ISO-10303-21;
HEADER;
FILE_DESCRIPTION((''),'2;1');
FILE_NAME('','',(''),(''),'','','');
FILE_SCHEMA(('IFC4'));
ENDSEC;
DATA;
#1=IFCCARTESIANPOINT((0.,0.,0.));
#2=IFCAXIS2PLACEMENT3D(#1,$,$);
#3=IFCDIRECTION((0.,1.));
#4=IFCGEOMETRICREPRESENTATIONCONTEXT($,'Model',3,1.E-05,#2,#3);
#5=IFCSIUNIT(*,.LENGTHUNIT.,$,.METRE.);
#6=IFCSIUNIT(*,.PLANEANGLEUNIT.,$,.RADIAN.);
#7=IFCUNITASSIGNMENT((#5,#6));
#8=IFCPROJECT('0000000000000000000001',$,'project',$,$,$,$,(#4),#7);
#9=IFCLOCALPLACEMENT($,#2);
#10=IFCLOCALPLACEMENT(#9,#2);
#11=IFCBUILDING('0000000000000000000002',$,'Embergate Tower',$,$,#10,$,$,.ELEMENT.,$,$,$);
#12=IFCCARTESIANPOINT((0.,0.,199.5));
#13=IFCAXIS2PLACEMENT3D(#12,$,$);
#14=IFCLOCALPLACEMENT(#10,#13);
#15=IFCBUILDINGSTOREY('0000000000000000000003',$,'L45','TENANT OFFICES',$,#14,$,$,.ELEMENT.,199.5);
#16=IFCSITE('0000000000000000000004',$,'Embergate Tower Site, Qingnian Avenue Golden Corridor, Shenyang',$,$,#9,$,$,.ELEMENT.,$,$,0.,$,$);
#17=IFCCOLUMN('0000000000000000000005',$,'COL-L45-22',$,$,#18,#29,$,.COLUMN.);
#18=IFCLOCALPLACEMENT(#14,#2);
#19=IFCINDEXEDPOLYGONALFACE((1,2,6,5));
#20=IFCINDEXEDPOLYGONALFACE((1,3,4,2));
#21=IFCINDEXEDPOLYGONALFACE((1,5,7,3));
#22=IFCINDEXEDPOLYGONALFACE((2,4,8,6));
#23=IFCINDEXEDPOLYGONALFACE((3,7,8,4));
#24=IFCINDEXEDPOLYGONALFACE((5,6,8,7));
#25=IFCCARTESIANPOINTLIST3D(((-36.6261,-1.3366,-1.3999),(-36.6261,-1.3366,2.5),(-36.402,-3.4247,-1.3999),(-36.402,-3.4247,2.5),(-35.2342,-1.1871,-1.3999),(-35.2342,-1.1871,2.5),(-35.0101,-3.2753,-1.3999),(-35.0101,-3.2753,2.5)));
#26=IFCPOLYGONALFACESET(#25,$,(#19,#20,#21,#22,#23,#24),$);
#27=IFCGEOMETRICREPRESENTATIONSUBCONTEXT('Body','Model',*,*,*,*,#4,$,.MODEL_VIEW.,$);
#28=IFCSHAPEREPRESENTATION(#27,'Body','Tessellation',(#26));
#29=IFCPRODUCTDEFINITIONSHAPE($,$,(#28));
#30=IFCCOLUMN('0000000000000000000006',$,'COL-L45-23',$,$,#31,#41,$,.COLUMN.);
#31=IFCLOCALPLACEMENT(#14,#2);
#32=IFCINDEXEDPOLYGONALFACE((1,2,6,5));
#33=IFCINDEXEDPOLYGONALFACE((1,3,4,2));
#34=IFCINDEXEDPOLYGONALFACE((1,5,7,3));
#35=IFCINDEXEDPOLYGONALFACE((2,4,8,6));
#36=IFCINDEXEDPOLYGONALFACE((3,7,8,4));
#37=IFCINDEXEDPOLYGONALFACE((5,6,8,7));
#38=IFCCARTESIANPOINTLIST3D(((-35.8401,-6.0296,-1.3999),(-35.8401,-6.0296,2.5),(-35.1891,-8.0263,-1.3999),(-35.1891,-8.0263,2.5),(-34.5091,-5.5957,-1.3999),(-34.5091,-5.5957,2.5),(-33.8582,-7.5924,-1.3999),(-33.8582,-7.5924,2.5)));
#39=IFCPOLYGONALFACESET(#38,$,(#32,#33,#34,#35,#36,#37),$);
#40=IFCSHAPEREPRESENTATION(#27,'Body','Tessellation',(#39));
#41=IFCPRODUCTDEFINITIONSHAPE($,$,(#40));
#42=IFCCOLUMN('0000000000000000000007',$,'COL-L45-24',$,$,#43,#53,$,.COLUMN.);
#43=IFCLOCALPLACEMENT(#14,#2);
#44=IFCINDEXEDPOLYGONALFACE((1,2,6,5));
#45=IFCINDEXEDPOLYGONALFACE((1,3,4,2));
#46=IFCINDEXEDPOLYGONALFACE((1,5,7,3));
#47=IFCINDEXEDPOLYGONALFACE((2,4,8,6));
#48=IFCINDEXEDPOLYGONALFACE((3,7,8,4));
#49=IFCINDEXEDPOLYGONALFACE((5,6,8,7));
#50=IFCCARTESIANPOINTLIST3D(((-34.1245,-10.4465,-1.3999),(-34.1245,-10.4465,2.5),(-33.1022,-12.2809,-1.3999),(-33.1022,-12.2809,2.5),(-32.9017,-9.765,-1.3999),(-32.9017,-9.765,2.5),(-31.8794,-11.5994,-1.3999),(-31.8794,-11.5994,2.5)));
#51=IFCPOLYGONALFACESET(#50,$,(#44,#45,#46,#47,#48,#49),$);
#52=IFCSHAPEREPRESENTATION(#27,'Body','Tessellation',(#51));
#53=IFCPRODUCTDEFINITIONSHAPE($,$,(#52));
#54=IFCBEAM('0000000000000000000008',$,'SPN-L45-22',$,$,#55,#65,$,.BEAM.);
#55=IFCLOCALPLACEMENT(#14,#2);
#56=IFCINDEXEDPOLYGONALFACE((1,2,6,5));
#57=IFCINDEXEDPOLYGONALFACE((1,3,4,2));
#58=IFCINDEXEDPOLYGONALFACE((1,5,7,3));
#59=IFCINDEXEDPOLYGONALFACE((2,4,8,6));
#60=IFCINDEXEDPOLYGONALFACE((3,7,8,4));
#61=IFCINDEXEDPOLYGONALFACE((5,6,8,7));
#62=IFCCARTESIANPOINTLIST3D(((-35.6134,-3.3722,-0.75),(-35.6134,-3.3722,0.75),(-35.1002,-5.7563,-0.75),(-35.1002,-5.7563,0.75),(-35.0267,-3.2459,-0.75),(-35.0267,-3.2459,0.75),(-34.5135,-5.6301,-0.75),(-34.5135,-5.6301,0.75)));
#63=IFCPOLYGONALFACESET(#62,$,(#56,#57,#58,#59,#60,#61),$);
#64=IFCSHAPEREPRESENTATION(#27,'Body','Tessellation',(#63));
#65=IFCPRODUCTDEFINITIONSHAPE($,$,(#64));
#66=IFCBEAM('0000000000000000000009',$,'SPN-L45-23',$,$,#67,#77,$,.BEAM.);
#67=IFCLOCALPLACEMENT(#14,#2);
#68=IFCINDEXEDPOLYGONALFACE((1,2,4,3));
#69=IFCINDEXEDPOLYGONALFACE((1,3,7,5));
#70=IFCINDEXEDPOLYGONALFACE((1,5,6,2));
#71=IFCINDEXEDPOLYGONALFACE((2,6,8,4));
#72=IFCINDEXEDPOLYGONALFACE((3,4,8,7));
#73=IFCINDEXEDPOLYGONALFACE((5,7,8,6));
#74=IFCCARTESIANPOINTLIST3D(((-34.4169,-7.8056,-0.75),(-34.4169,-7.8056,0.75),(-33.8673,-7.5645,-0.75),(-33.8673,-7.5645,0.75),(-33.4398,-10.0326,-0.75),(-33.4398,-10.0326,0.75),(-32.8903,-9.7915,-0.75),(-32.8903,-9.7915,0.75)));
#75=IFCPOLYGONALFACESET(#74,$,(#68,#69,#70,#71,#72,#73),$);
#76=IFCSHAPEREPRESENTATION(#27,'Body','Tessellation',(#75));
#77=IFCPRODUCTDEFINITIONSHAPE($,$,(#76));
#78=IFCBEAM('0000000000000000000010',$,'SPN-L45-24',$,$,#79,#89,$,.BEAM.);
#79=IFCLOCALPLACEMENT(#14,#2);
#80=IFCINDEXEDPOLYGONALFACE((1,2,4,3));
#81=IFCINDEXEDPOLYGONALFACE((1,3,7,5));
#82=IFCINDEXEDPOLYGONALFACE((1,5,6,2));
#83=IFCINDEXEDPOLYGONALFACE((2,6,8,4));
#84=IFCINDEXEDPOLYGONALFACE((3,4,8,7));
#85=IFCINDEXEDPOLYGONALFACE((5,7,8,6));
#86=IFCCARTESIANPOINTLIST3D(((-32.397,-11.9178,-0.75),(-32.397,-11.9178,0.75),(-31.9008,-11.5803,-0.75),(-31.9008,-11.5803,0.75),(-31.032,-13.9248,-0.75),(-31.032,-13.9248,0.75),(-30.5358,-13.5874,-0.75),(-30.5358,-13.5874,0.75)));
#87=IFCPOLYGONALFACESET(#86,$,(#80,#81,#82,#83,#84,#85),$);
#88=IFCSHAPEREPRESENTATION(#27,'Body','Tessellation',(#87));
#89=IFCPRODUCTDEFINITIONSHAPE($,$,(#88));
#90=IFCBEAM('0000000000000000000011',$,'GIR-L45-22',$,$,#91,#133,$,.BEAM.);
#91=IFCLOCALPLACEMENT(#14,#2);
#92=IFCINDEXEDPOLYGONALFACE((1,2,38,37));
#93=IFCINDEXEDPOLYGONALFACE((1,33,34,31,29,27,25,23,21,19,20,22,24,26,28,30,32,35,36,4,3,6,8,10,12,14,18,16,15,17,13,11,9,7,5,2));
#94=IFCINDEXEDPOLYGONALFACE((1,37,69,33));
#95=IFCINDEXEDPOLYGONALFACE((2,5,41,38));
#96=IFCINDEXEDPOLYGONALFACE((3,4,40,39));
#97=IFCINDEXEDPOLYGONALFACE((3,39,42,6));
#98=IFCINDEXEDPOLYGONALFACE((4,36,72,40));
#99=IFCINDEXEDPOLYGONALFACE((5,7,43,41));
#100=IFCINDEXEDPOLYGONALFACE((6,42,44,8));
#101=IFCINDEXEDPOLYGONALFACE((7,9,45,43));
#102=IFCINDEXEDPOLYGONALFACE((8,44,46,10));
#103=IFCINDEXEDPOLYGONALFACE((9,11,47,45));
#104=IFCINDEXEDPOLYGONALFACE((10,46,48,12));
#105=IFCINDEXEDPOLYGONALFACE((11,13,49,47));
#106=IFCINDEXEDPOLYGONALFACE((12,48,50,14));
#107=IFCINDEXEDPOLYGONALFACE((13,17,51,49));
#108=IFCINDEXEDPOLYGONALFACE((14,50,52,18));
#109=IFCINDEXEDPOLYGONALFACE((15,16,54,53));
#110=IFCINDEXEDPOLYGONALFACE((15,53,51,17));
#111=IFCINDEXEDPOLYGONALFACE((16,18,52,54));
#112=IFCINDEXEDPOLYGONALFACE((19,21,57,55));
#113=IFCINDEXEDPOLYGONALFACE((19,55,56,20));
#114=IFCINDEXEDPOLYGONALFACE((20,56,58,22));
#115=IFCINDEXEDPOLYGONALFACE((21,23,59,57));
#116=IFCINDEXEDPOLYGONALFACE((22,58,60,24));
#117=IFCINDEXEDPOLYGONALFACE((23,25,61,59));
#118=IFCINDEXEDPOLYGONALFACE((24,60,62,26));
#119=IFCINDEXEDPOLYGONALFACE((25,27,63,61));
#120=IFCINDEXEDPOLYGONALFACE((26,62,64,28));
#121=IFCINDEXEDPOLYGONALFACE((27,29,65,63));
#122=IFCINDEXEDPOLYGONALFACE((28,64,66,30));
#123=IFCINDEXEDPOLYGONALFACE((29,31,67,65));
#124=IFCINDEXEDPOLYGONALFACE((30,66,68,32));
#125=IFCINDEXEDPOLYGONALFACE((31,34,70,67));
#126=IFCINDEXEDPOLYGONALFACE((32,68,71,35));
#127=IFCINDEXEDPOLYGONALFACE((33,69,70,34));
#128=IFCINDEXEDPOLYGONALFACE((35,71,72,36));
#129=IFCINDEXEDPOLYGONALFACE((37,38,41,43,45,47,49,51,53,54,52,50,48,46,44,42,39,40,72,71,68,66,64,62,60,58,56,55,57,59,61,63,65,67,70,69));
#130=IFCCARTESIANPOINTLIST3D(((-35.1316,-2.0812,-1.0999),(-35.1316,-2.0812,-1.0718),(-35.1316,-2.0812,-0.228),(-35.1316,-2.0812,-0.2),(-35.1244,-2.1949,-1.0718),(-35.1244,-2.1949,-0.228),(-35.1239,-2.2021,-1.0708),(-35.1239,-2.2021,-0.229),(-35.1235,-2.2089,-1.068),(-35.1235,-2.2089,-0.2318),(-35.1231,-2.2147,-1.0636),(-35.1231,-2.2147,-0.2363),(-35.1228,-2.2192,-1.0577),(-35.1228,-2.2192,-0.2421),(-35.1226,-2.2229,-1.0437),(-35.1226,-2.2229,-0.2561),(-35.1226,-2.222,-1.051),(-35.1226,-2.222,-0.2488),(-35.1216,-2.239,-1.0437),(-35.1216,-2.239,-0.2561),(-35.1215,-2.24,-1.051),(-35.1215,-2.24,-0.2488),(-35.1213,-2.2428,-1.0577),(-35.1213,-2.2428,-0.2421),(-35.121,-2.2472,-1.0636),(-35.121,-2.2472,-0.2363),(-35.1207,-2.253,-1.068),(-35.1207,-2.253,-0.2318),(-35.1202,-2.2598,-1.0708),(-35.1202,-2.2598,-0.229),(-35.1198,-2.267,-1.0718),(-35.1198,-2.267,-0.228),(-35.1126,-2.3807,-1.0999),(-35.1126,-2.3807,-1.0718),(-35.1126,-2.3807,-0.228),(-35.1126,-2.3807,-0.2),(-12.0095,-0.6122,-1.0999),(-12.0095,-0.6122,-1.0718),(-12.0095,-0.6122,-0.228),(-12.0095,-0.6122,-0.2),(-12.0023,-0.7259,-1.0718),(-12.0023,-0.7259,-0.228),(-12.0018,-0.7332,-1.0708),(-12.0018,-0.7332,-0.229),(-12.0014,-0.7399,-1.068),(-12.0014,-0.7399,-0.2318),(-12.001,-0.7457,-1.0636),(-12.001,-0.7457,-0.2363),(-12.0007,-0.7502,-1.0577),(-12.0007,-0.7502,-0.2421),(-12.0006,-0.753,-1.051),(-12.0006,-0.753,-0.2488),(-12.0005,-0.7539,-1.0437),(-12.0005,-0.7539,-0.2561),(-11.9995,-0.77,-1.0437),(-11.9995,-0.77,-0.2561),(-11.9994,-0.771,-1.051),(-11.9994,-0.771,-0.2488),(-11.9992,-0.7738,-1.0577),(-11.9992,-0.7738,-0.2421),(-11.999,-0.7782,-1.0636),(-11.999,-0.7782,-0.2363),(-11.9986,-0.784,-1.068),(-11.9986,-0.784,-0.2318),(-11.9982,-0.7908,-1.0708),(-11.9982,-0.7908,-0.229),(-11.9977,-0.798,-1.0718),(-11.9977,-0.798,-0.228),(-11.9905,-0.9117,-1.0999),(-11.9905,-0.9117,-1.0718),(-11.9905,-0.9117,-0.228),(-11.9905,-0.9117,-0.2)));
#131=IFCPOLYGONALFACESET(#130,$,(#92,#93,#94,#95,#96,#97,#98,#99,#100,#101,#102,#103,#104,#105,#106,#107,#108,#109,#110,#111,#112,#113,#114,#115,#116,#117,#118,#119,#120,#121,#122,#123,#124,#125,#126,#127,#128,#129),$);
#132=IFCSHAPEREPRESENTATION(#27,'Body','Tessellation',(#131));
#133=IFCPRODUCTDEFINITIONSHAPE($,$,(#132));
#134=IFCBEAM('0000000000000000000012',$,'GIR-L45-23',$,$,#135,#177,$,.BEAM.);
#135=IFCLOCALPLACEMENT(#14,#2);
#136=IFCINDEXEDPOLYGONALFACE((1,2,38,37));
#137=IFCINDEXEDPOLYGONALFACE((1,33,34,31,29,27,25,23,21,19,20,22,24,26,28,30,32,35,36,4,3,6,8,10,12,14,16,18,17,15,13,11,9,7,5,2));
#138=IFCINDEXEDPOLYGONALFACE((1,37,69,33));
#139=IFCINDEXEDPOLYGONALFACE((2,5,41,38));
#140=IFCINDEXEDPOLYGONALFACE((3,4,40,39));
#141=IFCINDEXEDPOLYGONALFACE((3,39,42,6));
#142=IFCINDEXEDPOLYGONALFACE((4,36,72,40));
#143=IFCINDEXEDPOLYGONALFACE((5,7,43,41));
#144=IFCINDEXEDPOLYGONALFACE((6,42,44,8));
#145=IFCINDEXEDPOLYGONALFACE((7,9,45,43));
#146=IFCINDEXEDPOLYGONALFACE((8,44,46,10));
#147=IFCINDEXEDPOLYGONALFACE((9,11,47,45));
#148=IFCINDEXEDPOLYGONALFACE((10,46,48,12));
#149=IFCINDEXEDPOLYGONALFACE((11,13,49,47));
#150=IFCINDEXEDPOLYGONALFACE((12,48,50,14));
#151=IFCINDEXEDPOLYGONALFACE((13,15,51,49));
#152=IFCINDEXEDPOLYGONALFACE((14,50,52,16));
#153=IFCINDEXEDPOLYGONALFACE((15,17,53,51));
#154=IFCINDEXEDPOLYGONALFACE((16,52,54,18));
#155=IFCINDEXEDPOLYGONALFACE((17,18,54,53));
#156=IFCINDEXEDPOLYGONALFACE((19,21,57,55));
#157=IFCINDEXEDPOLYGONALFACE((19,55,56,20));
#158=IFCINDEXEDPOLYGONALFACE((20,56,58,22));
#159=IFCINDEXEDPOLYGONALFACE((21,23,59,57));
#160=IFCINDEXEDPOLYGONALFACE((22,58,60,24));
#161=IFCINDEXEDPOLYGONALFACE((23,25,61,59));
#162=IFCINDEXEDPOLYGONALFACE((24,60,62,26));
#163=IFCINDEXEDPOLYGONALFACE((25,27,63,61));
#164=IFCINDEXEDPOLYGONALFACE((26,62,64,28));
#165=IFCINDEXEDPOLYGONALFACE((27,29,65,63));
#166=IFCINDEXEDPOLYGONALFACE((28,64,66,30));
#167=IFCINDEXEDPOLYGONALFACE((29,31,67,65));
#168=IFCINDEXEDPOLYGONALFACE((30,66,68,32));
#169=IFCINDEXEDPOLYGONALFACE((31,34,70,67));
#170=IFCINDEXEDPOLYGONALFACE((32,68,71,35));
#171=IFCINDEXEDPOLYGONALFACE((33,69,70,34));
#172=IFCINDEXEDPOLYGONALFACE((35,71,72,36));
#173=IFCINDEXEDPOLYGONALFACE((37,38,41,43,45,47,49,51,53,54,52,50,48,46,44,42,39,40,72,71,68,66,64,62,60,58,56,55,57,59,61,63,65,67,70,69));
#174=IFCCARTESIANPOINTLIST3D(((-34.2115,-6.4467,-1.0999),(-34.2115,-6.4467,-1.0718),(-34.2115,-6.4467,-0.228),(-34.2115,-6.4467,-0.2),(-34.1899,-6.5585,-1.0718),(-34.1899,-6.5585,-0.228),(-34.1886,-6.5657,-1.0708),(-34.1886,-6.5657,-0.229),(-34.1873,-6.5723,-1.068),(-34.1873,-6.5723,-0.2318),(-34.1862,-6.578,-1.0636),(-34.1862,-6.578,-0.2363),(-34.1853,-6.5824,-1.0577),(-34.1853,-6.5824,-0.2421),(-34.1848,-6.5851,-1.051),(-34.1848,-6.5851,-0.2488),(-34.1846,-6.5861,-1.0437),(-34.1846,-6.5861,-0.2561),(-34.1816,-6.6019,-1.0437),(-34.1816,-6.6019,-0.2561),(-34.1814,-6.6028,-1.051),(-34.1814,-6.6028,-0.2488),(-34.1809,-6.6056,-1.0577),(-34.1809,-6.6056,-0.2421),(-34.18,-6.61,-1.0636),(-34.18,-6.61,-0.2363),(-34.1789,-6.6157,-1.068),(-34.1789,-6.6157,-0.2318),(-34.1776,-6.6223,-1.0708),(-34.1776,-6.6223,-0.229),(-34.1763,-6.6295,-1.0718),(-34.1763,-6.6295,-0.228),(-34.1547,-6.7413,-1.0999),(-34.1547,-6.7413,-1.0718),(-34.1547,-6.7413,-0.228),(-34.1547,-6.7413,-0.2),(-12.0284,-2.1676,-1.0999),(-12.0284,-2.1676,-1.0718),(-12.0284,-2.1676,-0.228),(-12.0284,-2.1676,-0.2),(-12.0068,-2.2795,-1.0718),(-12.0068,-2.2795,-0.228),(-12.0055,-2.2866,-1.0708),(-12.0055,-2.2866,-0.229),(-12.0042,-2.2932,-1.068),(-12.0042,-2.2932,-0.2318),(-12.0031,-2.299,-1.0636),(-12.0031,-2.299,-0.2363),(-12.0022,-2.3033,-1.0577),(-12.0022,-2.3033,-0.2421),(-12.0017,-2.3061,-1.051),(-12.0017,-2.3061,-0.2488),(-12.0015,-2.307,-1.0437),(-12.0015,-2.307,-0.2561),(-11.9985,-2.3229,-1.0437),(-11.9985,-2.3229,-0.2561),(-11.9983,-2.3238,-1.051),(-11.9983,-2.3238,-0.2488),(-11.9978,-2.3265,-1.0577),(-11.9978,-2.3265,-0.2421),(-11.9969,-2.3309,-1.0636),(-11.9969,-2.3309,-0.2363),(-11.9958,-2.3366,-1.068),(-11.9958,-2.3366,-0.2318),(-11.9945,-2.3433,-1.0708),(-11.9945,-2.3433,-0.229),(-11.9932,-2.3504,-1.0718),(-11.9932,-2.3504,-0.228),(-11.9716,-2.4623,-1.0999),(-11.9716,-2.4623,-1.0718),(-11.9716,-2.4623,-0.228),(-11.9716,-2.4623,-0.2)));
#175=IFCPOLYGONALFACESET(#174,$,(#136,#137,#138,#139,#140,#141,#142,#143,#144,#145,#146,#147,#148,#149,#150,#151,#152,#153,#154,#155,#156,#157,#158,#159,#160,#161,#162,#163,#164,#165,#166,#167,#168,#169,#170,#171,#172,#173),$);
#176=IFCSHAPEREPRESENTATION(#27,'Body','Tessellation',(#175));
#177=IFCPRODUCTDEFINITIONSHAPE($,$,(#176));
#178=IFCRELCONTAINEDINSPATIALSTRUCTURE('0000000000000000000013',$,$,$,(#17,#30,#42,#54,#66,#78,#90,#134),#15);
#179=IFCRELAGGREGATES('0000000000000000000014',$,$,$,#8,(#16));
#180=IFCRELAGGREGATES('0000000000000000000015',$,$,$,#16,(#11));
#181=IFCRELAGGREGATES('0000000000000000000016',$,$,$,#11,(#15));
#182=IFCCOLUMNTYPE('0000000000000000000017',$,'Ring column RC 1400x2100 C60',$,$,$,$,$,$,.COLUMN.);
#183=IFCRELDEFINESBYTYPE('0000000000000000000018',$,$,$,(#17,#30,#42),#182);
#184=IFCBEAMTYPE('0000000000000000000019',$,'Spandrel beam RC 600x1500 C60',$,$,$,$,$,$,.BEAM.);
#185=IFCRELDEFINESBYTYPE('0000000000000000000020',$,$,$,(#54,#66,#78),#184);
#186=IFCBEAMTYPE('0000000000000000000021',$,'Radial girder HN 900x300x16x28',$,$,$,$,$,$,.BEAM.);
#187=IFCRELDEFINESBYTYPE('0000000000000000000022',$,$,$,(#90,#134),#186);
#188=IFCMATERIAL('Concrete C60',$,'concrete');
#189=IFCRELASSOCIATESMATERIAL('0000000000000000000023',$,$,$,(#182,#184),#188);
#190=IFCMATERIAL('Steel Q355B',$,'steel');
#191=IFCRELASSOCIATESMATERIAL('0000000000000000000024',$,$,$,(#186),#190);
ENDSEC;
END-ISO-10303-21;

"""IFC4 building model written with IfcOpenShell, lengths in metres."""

from ifc_helpers import new_model, si_unit, direction, frame, origin, origin_2d, place, context, subcontext, project, spatial, rectangle, i_section, extrude, source, transform, mapped, material, material_profile, profile_set, type_object, element, save


model = new_model("IFC4")

# Units and contexts
model_context = context("Model", 3, precision=1e-05, world=origin(), true_north=direction((0.0, 1.0)))
body_context = subcontext(model_context, "Body", "Model", "MODEL_VIEW")
ifc_project = project(units=[si_unit("LENGTHUNIT", "METRE"), si_unit("PLANEANGLEUNIT", "RADIAN")], contexts=[model_context])

# Site, building, storey
site_placement = place(None, origin())
site = spatial("IfcSite", under=ifc_project, at=site_placement, Name="Embergate Tower Site, Qingnian Avenue Golden Corridor, Shenyang", CompositionType="ELEMENT", RefElevation=0.0)
building_placement = place(site_placement, origin())
building = spatial("IfcBuilding", under=site, at=building_placement, Name="Embergate Tower", CompositionType="ELEMENT")
storey_placement = place(building_placement, frame((0.0, 0.0, 199.5)))
storey = spatial("IfcBuildingStorey", under=building, at=storey_placement, Name="L45", Description="TENANT OFFICES", CompositionType="ELEMENT", Elevation=199.5)

# Columns
ifc_material_1 = material(Name="Concrete C60", Category="concrete")
ifc_material_profile_1 = material_profile(ifc_material_1, rectangle(XDim=1.3999, YDim=2.1001, at=origin_2d()), Name="RC 1400x2100")
ifc_profile_set_1 = profile_set([ifc_material_profile_1], Name="Concrete C60")
column_type = type_object("IfcColumnType", Name="Ring column RC 1400x2100 C60", PredefinedType="COLUMN", material=ifc_profile_set_1)
shared_shape_1 = source(origin(), body_context, "Body", "SweptSolid", [
    extrude(rectangle(XDim=1.3999, YDim=2.1001, at=origin_2d()), origin(), (0.0, 0.0, 1.0), 3.8999),
])
for number, where, z_axis, x_axis, name in (
    (1, (-35.8181, -2.3059, -1.3999), (0.0, 0.0, 1.0), (-0.994288, -0.106733, 0.0), "COL-L45-22"),
    (2, (-34.8491, -6.811, -1.3999), (0.0, 0.0, 1.0), (-0.950754, -0.309946, 0.0), "COL-L45-23"),
    (3, (-33.002, -11.0229, -1.3999), (0.0, 0.0, 1.0), (-0.8735, -0.486823, 0.0), "COL-L45-24"),
):
    element("IfcColumn", number, at=place(storey_placement, frame(where, z_axis=z_axis, x_axis=x_axis)), inside=storey, type_object=column_type, Name=name, PredefinedType="COLUMN", context=body_context, shape_type="MappedRepresentation", body=[
        mapped(shared_shape_1, transform((0.0, 0.0, 0.0))),
    ])

# Beams
ifc_material_profile_2 = material_profile(ifc_material_1, rectangle(XDim=0.6001, YDim=1.5, at=origin_2d()), Name="RC 600x1500")
ifc_profile_set_2 = profile_set([ifc_material_profile_2], Name="Concrete C60")
beam_type_1 = type_object("IfcBeamType", Name="Spandrel beam RC 600x1500 C60", PredefinedType="BEAM", material=ifc_profile_set_2)
shared_shape_2 = source(origin(), body_context, "Body", "SweptSolid", [
    extrude(rectangle(XDim=0.6001, YDim=1.5, at=origin_2d()), origin(), (0.0, 0.0, 1.0), 2.4387),
])
beam_1_placement = place(storey_placement, frame((-35.3201, -3.3091, 0.0), z_axis=(0.210438, -0.977607, 0.0), x_axis=(0.977607, 0.210438, 0.0)))
element("IfcBeam", 4, at=beam_1_placement, inside=storey, type_object=beam_type_1, Name="SPN-L45-22", PredefinedType="BEAM", context=body_context, shape_type="MappedRepresentation", body=[
    mapped(shared_shape_2, transform((0.0, 0.0, 0.0))),
])
shared_shape_3 = source(origin(), body_context, "Body", "SweptSolid", [
    extrude(rectangle(XDim=0.6001, YDim=1.5, at=origin_2d()), origin(), (0.0, 0.0, 1.0), 2.4319),
])
beam_2_placement = place(storey_placement, frame((-34.1421, -7.6851, 0.0), z_axis=(0.401756, -0.915747, 0.0), x_axis=(0.915747, 0.401756, 0.0)))
element("IfcBeam", 5, at=beam_2_placement, inside=storey, type_object=beam_type_1, Name="SPN-L45-23", PredefinedType="BEAM", context=body_context, shape_type="MappedRepresentation", body=[
    mapped(shared_shape_3, transform((0.0, 0.0, 0.0))),
])
shared_shape_4 = source(origin(), body_context, "Body", "SweptSolid", [
    extrude(rectangle(XDim=0.6001, YDim=1.5, at=origin_2d()), origin(), (0.0, 0.0, 1.0), 2.4272),
])
beam_3_placement = place(storey_placement, frame((-32.1489, -11.749, 0.0), z_axis=(0.56236, -0.826893, 0.0), x_axis=(0.826893, 0.56236, 0.0)))
element("IfcBeam", 6, at=beam_3_placement, inside=storey, type_object=beam_type_1, Name="SPN-L45-24", PredefinedType="BEAM", context=body_context, shape_type="MappedRepresentation", body=[
    mapped(shared_shape_4, transform((0.0, 0.0, 0.0))),
])
ifc_material_2 = material(Name="Steel Q355B", Category="steel")
ifc_material_profile_3 = material_profile(ifc_material_2, i_section(OverallWidth=0.3, OverallDepth=0.8999, WebThickness=0.0161, FlangeThickness=0.0281, FilletRadius=0.0281, at=origin_2d()), Name="HN 900x300x16x28")
ifc_profile_set_3 = profile_set([ifc_material_profile_3], Name="Steel Q355 grade B")
beam_type_2 = type_object("IfcBeamType", Name="Radial girder HN 900x300x16x28", PredefinedType="BEAM", material=ifc_profile_set_3)
shared_shape_5 = source(origin(), body_context, "Body", "SweptSolid", [
    extrude(i_section(OverallWidth=0.3, OverallDepth=0.8999, WebThickness=0.0161, FlangeThickness=0.0281, FilletRadius=0.0281, at=origin_2d()), origin(), (0.0, 0.0, 1.0), 23.1687),
])
beam_4_placement = place(storey_placement, frame((-35.1221, -2.231, -0.6499), z_axis=(0.997988, 0.063404, 0.0), x_axis=(-0.063404, 0.997988, 0.0)))
element("IfcBeam", 7, at=beam_4_placement, inside=storey, type_object=beam_type_2, Name="GIR-L45-22", PredefinedType="BEAM", context=body_context, shape_type="MappedRepresentation", body=[
    mapped(shared_shape_5, transform((0.0, 0.0, 0.0))),
])
shared_shape_6 = source(origin(), body_context, "Body", "SweptSolid", [
    extrude(i_section(OverallWidth=0.3, OverallDepth=0.8999, WebThickness=0.0161, FlangeThickness=0.0281, FilletRadius=0.0281, at=origin_2d()), origin(), (0.0, 0.0, 1.0), 22.592),
])
beam_5_placement = place(storey_placement, frame((-34.1831, -6.594, -0.6499), z_axis=(0.981899, 0.189405, 0.0), x_axis=(-0.189405, 0.981899, 0.0)))
element("IfcBeam", 8, at=beam_5_placement, inside=storey, type_object=beam_type_2, Name="GIR-L45-23", PredefinedType="BEAM", context=body_context, shape_type="MappedRepresentation", body=[
    mapped(shared_shape_6, transform((0.0, 0.0, 0.0))),
])

save(model, "model.ifc")
